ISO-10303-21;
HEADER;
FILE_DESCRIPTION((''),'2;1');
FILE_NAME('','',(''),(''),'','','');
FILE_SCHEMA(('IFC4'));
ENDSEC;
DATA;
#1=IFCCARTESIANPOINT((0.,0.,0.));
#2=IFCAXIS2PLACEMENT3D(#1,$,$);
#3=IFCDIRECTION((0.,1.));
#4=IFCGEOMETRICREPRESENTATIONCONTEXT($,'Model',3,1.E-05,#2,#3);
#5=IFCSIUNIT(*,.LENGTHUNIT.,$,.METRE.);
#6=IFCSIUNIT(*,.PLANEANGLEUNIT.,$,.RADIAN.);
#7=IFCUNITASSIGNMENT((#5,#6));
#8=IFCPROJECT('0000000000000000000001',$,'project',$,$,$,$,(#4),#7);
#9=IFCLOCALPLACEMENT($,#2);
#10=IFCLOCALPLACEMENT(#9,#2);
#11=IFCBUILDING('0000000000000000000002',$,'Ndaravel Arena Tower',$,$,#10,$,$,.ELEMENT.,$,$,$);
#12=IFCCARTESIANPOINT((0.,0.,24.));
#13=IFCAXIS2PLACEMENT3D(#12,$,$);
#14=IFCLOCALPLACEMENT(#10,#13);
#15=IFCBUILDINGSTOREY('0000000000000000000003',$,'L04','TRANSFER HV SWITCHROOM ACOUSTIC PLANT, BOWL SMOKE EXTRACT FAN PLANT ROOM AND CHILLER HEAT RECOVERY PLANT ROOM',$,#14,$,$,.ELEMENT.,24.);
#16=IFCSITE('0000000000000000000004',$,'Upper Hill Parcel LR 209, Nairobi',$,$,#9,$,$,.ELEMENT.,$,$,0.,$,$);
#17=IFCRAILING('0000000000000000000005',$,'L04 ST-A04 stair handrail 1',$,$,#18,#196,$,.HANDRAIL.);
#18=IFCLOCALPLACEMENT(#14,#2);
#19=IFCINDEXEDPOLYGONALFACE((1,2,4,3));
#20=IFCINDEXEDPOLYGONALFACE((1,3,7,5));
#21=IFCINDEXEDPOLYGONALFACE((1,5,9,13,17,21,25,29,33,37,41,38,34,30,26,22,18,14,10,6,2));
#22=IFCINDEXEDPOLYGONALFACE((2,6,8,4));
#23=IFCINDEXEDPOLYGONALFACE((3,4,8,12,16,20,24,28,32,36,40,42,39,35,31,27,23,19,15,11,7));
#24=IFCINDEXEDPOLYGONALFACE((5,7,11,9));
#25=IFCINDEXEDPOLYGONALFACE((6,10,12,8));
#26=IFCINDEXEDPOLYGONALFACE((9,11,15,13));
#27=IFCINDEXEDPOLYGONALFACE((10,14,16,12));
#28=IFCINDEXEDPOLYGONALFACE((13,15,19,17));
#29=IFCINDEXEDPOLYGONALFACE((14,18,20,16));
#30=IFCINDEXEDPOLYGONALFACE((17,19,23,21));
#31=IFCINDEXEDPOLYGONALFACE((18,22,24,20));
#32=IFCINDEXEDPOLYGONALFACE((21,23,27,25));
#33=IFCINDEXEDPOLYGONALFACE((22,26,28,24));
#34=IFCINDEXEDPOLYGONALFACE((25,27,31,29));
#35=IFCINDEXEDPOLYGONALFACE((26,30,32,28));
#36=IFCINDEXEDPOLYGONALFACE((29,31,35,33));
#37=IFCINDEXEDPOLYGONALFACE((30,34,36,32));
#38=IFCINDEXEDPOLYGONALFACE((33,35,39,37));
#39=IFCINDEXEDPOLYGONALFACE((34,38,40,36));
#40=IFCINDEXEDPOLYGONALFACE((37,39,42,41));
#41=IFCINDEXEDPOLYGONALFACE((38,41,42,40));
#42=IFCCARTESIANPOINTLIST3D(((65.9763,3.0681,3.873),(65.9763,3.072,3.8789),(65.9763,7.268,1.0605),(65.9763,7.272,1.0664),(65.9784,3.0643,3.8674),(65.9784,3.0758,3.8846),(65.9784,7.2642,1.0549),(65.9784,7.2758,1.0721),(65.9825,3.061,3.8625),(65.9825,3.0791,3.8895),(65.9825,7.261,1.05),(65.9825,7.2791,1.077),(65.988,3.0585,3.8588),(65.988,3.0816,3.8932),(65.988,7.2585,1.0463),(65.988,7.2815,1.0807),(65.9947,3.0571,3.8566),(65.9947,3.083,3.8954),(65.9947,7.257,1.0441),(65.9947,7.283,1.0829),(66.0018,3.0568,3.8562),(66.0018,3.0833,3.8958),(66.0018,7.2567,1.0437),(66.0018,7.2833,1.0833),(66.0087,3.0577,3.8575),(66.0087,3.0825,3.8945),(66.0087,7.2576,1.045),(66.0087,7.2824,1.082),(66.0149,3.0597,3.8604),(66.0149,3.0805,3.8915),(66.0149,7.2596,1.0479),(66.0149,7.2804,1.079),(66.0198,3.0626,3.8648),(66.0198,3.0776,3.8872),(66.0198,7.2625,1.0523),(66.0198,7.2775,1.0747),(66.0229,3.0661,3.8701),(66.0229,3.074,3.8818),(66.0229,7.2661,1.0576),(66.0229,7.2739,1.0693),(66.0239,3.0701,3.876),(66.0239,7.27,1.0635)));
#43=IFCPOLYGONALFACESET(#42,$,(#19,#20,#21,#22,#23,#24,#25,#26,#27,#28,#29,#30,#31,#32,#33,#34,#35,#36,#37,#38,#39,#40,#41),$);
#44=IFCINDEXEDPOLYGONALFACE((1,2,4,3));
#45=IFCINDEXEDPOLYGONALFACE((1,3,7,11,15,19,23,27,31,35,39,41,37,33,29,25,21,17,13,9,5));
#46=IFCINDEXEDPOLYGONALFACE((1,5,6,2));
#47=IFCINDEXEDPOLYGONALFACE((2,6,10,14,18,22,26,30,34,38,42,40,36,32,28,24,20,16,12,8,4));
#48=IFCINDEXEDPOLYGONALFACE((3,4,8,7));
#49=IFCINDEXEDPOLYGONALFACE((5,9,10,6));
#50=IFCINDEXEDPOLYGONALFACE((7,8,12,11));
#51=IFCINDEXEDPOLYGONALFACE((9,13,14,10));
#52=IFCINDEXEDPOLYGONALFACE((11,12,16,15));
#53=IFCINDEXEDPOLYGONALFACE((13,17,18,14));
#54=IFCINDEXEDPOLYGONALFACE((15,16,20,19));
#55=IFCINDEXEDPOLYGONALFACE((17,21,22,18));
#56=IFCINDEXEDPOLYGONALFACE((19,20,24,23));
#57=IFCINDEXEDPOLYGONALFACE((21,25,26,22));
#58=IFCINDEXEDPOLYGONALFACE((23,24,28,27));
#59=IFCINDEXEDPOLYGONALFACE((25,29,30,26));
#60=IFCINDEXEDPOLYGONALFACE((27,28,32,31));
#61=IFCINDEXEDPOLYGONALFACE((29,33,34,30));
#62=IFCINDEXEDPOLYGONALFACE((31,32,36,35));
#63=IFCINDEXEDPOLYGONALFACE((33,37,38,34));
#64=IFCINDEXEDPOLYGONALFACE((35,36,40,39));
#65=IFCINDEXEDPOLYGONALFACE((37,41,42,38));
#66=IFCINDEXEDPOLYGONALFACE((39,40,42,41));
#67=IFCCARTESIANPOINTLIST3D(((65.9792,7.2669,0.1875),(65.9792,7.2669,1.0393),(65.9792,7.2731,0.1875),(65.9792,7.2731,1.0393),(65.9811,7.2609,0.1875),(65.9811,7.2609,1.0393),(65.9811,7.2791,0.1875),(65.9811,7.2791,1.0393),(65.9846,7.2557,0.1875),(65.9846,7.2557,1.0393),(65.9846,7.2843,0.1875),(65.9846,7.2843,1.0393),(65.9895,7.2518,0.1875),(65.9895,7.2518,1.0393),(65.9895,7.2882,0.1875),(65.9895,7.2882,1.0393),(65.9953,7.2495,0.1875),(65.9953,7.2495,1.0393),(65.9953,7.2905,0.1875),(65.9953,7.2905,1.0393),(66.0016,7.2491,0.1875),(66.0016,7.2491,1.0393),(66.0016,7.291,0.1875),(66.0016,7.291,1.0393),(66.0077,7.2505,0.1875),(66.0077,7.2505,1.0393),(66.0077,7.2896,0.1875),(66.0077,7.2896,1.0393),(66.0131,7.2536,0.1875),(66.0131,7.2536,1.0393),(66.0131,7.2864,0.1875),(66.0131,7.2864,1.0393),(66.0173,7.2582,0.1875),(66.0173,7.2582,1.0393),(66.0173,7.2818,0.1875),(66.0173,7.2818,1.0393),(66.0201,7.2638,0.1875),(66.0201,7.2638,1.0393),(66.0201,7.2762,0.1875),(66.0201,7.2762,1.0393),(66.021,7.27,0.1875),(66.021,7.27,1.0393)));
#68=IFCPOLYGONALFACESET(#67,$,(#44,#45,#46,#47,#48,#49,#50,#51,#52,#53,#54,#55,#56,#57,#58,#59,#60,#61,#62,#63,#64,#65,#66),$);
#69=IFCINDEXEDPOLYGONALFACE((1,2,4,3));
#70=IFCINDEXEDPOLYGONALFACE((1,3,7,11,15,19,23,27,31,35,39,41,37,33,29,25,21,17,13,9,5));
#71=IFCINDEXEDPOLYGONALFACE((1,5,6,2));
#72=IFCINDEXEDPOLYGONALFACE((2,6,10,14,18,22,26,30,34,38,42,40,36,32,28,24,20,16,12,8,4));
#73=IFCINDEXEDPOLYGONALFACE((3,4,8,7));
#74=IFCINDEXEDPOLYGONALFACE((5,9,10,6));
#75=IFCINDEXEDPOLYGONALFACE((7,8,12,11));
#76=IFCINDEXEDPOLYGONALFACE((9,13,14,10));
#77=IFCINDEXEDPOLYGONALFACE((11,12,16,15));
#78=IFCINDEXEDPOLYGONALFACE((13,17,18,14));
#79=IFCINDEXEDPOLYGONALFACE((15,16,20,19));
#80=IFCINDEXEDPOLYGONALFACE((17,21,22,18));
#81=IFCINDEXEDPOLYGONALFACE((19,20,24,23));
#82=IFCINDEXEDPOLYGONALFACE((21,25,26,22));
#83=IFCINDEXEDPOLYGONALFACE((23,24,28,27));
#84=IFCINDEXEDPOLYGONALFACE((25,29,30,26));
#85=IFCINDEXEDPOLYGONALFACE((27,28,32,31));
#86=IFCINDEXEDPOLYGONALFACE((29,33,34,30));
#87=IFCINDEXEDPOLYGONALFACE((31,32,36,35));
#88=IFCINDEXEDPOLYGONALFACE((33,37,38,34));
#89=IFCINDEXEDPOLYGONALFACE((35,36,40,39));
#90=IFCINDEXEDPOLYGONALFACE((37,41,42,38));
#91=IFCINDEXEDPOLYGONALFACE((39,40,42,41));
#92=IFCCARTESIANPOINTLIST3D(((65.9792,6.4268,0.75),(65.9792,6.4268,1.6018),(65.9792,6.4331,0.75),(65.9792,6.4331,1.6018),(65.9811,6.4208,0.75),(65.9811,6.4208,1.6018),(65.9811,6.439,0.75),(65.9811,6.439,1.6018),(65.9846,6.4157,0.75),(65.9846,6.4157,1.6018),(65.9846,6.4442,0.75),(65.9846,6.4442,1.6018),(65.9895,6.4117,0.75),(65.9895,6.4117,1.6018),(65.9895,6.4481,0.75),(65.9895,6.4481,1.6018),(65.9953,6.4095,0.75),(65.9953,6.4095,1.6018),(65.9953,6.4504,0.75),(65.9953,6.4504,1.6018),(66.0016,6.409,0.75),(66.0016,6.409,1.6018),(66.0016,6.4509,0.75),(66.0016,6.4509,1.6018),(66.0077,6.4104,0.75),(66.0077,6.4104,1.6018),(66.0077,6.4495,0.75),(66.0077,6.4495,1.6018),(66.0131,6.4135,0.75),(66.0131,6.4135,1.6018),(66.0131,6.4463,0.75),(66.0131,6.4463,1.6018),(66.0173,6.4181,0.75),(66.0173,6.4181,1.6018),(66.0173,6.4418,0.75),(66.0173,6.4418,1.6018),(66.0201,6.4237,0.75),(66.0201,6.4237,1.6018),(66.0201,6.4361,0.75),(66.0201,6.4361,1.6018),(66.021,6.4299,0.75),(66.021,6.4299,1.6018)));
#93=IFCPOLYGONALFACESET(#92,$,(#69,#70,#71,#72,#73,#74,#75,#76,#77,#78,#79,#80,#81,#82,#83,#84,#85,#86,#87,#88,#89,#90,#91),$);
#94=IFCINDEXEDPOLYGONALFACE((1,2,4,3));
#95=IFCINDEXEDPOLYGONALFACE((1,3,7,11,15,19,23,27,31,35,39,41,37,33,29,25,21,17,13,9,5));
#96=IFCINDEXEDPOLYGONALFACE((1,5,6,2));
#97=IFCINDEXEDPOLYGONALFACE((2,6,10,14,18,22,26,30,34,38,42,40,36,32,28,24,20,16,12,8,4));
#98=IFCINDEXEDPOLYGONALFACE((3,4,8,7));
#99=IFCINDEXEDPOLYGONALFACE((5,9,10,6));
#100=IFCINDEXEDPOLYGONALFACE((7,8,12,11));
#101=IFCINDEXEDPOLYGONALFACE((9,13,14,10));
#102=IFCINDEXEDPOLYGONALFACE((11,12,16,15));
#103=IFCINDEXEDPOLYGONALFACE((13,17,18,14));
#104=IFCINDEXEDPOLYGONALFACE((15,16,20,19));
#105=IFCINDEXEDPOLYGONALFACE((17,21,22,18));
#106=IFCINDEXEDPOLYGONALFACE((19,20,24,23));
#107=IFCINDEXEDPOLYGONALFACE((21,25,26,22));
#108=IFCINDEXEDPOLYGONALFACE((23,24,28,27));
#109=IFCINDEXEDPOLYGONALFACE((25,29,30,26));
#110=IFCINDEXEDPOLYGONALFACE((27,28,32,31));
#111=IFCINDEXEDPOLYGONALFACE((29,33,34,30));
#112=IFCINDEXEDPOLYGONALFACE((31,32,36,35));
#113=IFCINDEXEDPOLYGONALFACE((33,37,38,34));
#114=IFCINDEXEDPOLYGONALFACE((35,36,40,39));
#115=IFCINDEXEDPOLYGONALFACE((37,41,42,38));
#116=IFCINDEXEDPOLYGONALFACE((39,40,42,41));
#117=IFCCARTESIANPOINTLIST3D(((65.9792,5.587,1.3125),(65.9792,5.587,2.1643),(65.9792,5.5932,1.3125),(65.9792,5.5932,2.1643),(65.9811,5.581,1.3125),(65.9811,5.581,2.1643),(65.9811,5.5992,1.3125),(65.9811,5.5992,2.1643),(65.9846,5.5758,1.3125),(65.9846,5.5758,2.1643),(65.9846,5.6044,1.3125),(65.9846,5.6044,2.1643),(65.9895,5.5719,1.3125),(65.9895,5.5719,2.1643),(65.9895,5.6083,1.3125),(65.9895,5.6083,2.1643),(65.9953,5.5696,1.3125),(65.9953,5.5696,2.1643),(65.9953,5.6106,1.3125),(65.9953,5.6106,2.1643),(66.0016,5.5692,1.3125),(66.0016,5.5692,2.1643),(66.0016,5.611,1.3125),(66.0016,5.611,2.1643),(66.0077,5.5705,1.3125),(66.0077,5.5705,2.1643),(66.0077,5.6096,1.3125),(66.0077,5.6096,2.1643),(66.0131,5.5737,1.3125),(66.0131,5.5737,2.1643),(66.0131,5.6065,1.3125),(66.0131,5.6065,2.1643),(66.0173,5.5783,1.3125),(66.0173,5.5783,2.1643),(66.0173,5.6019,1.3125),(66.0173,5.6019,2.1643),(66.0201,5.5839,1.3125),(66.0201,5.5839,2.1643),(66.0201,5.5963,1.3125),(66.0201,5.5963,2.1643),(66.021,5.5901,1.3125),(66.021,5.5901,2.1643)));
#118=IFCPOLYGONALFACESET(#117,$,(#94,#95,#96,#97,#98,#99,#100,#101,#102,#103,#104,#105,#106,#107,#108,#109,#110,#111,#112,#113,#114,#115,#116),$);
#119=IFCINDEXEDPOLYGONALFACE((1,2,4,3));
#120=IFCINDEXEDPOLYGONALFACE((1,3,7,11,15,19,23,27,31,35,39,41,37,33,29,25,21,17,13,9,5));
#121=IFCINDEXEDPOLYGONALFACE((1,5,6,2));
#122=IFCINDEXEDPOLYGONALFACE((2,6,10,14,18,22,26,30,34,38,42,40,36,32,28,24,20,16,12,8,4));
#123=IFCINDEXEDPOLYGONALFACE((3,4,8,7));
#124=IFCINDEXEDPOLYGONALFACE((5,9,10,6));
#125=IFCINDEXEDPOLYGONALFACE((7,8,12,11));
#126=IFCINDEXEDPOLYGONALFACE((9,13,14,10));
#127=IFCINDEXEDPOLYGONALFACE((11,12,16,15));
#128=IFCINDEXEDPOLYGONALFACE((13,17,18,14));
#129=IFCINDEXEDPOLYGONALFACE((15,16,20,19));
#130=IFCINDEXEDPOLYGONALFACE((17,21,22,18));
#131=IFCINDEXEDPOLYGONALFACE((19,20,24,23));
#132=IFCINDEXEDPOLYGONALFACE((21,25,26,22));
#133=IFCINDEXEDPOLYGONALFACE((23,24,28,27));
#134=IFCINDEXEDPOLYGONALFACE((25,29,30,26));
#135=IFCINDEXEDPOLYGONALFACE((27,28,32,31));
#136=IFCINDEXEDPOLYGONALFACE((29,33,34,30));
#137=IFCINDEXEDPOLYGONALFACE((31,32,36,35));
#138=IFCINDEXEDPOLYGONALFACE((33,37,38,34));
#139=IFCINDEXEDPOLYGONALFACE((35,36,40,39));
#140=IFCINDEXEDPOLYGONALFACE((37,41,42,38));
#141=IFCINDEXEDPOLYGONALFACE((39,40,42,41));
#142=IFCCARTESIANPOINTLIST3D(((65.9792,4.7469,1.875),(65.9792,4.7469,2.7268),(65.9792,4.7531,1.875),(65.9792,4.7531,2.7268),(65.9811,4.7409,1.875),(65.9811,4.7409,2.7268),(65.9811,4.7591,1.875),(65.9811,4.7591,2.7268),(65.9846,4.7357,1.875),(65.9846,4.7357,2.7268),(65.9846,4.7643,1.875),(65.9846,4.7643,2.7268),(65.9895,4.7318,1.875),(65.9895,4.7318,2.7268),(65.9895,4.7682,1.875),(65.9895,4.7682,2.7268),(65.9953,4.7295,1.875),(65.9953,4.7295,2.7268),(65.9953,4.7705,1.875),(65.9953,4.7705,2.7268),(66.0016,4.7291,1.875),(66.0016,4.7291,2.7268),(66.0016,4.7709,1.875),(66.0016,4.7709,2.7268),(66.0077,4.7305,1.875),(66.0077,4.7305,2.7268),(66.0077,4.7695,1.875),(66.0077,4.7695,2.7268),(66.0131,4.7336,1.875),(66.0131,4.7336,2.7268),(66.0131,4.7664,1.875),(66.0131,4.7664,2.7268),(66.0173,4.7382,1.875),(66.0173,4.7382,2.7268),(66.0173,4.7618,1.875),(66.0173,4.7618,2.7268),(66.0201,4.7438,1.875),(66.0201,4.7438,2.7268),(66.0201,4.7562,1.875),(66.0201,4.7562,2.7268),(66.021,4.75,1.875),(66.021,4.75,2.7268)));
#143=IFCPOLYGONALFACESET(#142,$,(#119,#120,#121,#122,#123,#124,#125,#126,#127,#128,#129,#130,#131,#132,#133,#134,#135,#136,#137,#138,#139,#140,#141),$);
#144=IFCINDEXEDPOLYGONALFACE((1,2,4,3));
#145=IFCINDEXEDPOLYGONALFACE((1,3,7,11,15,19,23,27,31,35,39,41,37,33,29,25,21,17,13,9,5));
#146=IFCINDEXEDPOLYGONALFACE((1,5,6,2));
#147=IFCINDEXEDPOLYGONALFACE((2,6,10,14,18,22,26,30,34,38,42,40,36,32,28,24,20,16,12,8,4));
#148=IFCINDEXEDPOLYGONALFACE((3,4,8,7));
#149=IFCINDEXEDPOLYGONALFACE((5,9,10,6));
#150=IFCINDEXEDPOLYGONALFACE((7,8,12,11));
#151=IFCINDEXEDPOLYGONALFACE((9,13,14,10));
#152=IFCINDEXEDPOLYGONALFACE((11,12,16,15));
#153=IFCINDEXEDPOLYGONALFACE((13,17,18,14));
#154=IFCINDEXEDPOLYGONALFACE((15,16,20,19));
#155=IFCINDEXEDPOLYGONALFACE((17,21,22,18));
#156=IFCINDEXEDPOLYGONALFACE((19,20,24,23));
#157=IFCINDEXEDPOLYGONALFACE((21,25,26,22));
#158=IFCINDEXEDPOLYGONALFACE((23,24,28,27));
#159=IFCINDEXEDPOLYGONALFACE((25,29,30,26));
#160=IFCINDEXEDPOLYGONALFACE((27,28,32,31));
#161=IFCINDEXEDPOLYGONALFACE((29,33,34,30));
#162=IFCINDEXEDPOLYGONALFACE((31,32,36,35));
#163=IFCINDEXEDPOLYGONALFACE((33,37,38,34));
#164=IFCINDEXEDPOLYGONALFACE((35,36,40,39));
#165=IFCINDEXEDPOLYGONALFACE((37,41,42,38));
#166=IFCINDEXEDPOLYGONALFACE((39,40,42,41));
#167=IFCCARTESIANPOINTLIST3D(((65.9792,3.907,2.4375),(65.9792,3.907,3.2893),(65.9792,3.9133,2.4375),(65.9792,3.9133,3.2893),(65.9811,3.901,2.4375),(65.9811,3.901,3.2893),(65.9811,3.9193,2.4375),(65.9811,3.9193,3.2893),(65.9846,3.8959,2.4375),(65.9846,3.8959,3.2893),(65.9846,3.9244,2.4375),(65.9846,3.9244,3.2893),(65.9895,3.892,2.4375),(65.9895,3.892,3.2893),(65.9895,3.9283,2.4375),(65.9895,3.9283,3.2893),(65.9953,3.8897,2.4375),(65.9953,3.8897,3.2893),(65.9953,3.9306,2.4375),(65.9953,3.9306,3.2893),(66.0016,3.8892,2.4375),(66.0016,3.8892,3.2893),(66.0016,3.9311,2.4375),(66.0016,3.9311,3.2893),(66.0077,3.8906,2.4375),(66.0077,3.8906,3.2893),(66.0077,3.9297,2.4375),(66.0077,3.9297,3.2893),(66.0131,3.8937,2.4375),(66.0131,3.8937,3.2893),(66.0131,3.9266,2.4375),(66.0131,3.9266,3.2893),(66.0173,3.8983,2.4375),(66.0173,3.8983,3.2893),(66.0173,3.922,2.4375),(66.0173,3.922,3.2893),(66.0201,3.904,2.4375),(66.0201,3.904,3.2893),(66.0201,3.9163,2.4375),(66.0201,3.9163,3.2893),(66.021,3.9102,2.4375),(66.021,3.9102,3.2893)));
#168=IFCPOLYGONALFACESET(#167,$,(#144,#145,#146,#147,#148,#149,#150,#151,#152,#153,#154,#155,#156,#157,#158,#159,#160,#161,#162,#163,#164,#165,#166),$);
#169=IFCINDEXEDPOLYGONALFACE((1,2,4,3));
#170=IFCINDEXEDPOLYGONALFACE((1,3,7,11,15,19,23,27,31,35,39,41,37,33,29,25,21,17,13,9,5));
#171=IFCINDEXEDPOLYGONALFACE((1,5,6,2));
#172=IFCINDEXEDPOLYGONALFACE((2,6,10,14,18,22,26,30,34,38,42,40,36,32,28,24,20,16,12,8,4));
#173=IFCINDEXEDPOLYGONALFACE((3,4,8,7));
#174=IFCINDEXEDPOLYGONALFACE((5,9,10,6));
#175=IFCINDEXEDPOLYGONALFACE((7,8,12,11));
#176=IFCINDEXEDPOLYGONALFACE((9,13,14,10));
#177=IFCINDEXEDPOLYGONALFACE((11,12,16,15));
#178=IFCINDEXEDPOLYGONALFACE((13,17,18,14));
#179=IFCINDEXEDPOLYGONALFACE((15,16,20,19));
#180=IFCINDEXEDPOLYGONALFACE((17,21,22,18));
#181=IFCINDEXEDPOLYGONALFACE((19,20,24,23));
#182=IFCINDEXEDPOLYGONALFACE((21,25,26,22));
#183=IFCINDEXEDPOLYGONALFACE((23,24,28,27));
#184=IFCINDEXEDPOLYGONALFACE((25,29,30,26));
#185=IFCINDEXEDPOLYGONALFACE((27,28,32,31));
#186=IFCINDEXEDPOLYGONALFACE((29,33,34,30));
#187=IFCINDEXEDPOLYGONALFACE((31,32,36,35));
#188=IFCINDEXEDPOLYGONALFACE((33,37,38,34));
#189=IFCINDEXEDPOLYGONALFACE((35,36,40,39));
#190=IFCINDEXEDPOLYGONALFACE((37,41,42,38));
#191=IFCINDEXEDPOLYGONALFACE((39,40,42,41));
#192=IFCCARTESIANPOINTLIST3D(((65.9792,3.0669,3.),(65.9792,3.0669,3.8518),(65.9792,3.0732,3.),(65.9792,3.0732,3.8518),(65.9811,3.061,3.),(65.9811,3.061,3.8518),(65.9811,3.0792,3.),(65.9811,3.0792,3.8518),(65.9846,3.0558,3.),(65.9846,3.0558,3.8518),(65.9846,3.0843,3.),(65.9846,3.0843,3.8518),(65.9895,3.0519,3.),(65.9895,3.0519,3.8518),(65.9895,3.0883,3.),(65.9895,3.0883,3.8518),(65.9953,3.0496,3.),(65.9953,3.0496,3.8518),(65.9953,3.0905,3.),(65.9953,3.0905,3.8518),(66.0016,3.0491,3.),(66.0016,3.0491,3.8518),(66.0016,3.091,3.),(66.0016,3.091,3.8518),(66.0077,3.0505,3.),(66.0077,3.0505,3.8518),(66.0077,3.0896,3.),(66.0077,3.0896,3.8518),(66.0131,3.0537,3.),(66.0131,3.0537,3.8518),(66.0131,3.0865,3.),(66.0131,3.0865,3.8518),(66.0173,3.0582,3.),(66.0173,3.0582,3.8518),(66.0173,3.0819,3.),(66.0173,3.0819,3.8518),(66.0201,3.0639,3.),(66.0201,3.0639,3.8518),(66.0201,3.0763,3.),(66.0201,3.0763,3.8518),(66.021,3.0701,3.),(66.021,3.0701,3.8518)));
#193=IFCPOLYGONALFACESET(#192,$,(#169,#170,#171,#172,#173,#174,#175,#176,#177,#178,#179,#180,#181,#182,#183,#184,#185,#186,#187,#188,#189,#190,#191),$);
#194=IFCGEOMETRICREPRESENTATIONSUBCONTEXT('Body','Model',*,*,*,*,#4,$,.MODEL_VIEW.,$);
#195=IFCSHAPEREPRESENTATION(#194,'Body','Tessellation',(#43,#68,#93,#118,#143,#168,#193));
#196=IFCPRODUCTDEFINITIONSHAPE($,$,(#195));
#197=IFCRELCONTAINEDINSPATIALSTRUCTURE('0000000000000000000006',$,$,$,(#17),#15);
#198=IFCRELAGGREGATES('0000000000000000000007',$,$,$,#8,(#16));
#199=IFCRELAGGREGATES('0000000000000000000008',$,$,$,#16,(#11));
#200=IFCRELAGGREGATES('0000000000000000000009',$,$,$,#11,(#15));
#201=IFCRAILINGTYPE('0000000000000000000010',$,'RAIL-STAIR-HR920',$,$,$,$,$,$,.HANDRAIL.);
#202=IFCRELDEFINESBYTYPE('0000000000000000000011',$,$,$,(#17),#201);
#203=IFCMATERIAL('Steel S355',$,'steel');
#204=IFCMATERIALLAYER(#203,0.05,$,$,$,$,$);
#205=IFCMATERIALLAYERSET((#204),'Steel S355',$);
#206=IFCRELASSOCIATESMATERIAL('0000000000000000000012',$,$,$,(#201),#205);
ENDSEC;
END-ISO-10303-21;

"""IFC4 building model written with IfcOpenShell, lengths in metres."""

from ifc_helpers import new_model, si_unit, direction, frame, origin, origin_2d, place, context, subcontext, project, spatial, circle, extrude, material, layer, layer_set, type_object, element, save


model = new_model("IFC4")

# Units and contexts
model_context = context("Model", 3, precision=1e-05, world=origin(), true_north=direction((0.0, 1.0)))
body_context = subcontext(model_context, "Body", "Model", "MODEL_VIEW")
ifc_project = project(units=[si_unit("LENGTHUNIT", "METRE"), si_unit("PLANEANGLEUNIT", "RADIAN")], contexts=[model_context])

# Site, building, storey
site_placement = place(None, origin())
site = spatial("IfcSite", under=ifc_project, at=site_placement, Name="Upper Hill Parcel LR 209, Nairobi", CompositionType="ELEMENT", RefElevation=0.0)
building_placement = place(site_placement, origin())
building = spatial("IfcBuilding", under=site, at=building_placement, Name="Ndaravel Arena Tower", CompositionType="ELEMENT")
storey_placement = place(building_placement, frame((0.0, 0.0, 24.0)))
storey = spatial("IfcBuildingStorey", under=building, at=storey_placement, Name="L04", Description="TRANSFER HV SWITCHROOM ACOUSTIC PLANT, BOWL SMOKE EXTRACT FAN PLANT ROOM AND CHILLER HEAT RECOVERY PLANT ROOM", CompositionType="ELEMENT", Elevation=24.0)

# Railing
ifc_material_1 = material(Name="Steel S355", Category="steel")
ifc_layer_1 = layer(ifc_material_1, 0.05)
ifc_layer_set_1 = layer_set([ifc_layer_1], Name="Steel S355")
railing_type_1 = type_object("IfcRailingType", Name="RAIL-STAIR-HR920", PredefinedType="HANDRAIL", material=ifc_layer_set_1)
railing_1_placement = place(storey_placement, frame((66.0, 7.27, 0.1875)))
element("IfcRailing", 1, at=railing_1_placement, inside=storey, type_object=railing_type_1, Name="L04 ST-A04 stair handrail 1", PredefinedType="HANDRAIL", context=body_context, shape_type="SweptSolid", body=[
    extrude(circle(Radius=0.0239, at=origin_2d()), frame((0.0, 0.0, 0.876), z_axis=(0.0, -0.830904, 0.556416), x_axis=(1.0, 0.0, 0.0)), (0.0, 0.0, 1.0), 5.0547),
    extrude(circle(Radius=0.021, at=origin_2d()), origin(), (0.0, 0.0, 1.0), 0.8518),
    extrude(circle(Radius=0.021, at=origin_2d()), frame((0.0, -0.8401, 0.5625)), (0.0, 0.0, 1.0), 0.8518),
    extrude(circle(Radius=0.021, at=origin_2d()), frame((0.0, -1.6799, 1.125)), (0.0, 0.0, 1.0), 0.8518),
    extrude(circle(Radius=0.021, at=origin_2d()), frame((0.0, -2.52, 1.6875)), (0.0, 0.0, 1.0), 0.8518),
    extrude(circle(Radius=0.021, at=origin_2d()), frame((0.0, -3.3599, 2.25)), (0.0, 0.0, 1.0), 0.8518),
    extrude(circle(Radius=0.021, at=origin_2d()), frame((0.0, -4.2, 2.8125)), (0.0, 0.0, 1.0), 0.8518),
])

save(model, "model.ifc")
